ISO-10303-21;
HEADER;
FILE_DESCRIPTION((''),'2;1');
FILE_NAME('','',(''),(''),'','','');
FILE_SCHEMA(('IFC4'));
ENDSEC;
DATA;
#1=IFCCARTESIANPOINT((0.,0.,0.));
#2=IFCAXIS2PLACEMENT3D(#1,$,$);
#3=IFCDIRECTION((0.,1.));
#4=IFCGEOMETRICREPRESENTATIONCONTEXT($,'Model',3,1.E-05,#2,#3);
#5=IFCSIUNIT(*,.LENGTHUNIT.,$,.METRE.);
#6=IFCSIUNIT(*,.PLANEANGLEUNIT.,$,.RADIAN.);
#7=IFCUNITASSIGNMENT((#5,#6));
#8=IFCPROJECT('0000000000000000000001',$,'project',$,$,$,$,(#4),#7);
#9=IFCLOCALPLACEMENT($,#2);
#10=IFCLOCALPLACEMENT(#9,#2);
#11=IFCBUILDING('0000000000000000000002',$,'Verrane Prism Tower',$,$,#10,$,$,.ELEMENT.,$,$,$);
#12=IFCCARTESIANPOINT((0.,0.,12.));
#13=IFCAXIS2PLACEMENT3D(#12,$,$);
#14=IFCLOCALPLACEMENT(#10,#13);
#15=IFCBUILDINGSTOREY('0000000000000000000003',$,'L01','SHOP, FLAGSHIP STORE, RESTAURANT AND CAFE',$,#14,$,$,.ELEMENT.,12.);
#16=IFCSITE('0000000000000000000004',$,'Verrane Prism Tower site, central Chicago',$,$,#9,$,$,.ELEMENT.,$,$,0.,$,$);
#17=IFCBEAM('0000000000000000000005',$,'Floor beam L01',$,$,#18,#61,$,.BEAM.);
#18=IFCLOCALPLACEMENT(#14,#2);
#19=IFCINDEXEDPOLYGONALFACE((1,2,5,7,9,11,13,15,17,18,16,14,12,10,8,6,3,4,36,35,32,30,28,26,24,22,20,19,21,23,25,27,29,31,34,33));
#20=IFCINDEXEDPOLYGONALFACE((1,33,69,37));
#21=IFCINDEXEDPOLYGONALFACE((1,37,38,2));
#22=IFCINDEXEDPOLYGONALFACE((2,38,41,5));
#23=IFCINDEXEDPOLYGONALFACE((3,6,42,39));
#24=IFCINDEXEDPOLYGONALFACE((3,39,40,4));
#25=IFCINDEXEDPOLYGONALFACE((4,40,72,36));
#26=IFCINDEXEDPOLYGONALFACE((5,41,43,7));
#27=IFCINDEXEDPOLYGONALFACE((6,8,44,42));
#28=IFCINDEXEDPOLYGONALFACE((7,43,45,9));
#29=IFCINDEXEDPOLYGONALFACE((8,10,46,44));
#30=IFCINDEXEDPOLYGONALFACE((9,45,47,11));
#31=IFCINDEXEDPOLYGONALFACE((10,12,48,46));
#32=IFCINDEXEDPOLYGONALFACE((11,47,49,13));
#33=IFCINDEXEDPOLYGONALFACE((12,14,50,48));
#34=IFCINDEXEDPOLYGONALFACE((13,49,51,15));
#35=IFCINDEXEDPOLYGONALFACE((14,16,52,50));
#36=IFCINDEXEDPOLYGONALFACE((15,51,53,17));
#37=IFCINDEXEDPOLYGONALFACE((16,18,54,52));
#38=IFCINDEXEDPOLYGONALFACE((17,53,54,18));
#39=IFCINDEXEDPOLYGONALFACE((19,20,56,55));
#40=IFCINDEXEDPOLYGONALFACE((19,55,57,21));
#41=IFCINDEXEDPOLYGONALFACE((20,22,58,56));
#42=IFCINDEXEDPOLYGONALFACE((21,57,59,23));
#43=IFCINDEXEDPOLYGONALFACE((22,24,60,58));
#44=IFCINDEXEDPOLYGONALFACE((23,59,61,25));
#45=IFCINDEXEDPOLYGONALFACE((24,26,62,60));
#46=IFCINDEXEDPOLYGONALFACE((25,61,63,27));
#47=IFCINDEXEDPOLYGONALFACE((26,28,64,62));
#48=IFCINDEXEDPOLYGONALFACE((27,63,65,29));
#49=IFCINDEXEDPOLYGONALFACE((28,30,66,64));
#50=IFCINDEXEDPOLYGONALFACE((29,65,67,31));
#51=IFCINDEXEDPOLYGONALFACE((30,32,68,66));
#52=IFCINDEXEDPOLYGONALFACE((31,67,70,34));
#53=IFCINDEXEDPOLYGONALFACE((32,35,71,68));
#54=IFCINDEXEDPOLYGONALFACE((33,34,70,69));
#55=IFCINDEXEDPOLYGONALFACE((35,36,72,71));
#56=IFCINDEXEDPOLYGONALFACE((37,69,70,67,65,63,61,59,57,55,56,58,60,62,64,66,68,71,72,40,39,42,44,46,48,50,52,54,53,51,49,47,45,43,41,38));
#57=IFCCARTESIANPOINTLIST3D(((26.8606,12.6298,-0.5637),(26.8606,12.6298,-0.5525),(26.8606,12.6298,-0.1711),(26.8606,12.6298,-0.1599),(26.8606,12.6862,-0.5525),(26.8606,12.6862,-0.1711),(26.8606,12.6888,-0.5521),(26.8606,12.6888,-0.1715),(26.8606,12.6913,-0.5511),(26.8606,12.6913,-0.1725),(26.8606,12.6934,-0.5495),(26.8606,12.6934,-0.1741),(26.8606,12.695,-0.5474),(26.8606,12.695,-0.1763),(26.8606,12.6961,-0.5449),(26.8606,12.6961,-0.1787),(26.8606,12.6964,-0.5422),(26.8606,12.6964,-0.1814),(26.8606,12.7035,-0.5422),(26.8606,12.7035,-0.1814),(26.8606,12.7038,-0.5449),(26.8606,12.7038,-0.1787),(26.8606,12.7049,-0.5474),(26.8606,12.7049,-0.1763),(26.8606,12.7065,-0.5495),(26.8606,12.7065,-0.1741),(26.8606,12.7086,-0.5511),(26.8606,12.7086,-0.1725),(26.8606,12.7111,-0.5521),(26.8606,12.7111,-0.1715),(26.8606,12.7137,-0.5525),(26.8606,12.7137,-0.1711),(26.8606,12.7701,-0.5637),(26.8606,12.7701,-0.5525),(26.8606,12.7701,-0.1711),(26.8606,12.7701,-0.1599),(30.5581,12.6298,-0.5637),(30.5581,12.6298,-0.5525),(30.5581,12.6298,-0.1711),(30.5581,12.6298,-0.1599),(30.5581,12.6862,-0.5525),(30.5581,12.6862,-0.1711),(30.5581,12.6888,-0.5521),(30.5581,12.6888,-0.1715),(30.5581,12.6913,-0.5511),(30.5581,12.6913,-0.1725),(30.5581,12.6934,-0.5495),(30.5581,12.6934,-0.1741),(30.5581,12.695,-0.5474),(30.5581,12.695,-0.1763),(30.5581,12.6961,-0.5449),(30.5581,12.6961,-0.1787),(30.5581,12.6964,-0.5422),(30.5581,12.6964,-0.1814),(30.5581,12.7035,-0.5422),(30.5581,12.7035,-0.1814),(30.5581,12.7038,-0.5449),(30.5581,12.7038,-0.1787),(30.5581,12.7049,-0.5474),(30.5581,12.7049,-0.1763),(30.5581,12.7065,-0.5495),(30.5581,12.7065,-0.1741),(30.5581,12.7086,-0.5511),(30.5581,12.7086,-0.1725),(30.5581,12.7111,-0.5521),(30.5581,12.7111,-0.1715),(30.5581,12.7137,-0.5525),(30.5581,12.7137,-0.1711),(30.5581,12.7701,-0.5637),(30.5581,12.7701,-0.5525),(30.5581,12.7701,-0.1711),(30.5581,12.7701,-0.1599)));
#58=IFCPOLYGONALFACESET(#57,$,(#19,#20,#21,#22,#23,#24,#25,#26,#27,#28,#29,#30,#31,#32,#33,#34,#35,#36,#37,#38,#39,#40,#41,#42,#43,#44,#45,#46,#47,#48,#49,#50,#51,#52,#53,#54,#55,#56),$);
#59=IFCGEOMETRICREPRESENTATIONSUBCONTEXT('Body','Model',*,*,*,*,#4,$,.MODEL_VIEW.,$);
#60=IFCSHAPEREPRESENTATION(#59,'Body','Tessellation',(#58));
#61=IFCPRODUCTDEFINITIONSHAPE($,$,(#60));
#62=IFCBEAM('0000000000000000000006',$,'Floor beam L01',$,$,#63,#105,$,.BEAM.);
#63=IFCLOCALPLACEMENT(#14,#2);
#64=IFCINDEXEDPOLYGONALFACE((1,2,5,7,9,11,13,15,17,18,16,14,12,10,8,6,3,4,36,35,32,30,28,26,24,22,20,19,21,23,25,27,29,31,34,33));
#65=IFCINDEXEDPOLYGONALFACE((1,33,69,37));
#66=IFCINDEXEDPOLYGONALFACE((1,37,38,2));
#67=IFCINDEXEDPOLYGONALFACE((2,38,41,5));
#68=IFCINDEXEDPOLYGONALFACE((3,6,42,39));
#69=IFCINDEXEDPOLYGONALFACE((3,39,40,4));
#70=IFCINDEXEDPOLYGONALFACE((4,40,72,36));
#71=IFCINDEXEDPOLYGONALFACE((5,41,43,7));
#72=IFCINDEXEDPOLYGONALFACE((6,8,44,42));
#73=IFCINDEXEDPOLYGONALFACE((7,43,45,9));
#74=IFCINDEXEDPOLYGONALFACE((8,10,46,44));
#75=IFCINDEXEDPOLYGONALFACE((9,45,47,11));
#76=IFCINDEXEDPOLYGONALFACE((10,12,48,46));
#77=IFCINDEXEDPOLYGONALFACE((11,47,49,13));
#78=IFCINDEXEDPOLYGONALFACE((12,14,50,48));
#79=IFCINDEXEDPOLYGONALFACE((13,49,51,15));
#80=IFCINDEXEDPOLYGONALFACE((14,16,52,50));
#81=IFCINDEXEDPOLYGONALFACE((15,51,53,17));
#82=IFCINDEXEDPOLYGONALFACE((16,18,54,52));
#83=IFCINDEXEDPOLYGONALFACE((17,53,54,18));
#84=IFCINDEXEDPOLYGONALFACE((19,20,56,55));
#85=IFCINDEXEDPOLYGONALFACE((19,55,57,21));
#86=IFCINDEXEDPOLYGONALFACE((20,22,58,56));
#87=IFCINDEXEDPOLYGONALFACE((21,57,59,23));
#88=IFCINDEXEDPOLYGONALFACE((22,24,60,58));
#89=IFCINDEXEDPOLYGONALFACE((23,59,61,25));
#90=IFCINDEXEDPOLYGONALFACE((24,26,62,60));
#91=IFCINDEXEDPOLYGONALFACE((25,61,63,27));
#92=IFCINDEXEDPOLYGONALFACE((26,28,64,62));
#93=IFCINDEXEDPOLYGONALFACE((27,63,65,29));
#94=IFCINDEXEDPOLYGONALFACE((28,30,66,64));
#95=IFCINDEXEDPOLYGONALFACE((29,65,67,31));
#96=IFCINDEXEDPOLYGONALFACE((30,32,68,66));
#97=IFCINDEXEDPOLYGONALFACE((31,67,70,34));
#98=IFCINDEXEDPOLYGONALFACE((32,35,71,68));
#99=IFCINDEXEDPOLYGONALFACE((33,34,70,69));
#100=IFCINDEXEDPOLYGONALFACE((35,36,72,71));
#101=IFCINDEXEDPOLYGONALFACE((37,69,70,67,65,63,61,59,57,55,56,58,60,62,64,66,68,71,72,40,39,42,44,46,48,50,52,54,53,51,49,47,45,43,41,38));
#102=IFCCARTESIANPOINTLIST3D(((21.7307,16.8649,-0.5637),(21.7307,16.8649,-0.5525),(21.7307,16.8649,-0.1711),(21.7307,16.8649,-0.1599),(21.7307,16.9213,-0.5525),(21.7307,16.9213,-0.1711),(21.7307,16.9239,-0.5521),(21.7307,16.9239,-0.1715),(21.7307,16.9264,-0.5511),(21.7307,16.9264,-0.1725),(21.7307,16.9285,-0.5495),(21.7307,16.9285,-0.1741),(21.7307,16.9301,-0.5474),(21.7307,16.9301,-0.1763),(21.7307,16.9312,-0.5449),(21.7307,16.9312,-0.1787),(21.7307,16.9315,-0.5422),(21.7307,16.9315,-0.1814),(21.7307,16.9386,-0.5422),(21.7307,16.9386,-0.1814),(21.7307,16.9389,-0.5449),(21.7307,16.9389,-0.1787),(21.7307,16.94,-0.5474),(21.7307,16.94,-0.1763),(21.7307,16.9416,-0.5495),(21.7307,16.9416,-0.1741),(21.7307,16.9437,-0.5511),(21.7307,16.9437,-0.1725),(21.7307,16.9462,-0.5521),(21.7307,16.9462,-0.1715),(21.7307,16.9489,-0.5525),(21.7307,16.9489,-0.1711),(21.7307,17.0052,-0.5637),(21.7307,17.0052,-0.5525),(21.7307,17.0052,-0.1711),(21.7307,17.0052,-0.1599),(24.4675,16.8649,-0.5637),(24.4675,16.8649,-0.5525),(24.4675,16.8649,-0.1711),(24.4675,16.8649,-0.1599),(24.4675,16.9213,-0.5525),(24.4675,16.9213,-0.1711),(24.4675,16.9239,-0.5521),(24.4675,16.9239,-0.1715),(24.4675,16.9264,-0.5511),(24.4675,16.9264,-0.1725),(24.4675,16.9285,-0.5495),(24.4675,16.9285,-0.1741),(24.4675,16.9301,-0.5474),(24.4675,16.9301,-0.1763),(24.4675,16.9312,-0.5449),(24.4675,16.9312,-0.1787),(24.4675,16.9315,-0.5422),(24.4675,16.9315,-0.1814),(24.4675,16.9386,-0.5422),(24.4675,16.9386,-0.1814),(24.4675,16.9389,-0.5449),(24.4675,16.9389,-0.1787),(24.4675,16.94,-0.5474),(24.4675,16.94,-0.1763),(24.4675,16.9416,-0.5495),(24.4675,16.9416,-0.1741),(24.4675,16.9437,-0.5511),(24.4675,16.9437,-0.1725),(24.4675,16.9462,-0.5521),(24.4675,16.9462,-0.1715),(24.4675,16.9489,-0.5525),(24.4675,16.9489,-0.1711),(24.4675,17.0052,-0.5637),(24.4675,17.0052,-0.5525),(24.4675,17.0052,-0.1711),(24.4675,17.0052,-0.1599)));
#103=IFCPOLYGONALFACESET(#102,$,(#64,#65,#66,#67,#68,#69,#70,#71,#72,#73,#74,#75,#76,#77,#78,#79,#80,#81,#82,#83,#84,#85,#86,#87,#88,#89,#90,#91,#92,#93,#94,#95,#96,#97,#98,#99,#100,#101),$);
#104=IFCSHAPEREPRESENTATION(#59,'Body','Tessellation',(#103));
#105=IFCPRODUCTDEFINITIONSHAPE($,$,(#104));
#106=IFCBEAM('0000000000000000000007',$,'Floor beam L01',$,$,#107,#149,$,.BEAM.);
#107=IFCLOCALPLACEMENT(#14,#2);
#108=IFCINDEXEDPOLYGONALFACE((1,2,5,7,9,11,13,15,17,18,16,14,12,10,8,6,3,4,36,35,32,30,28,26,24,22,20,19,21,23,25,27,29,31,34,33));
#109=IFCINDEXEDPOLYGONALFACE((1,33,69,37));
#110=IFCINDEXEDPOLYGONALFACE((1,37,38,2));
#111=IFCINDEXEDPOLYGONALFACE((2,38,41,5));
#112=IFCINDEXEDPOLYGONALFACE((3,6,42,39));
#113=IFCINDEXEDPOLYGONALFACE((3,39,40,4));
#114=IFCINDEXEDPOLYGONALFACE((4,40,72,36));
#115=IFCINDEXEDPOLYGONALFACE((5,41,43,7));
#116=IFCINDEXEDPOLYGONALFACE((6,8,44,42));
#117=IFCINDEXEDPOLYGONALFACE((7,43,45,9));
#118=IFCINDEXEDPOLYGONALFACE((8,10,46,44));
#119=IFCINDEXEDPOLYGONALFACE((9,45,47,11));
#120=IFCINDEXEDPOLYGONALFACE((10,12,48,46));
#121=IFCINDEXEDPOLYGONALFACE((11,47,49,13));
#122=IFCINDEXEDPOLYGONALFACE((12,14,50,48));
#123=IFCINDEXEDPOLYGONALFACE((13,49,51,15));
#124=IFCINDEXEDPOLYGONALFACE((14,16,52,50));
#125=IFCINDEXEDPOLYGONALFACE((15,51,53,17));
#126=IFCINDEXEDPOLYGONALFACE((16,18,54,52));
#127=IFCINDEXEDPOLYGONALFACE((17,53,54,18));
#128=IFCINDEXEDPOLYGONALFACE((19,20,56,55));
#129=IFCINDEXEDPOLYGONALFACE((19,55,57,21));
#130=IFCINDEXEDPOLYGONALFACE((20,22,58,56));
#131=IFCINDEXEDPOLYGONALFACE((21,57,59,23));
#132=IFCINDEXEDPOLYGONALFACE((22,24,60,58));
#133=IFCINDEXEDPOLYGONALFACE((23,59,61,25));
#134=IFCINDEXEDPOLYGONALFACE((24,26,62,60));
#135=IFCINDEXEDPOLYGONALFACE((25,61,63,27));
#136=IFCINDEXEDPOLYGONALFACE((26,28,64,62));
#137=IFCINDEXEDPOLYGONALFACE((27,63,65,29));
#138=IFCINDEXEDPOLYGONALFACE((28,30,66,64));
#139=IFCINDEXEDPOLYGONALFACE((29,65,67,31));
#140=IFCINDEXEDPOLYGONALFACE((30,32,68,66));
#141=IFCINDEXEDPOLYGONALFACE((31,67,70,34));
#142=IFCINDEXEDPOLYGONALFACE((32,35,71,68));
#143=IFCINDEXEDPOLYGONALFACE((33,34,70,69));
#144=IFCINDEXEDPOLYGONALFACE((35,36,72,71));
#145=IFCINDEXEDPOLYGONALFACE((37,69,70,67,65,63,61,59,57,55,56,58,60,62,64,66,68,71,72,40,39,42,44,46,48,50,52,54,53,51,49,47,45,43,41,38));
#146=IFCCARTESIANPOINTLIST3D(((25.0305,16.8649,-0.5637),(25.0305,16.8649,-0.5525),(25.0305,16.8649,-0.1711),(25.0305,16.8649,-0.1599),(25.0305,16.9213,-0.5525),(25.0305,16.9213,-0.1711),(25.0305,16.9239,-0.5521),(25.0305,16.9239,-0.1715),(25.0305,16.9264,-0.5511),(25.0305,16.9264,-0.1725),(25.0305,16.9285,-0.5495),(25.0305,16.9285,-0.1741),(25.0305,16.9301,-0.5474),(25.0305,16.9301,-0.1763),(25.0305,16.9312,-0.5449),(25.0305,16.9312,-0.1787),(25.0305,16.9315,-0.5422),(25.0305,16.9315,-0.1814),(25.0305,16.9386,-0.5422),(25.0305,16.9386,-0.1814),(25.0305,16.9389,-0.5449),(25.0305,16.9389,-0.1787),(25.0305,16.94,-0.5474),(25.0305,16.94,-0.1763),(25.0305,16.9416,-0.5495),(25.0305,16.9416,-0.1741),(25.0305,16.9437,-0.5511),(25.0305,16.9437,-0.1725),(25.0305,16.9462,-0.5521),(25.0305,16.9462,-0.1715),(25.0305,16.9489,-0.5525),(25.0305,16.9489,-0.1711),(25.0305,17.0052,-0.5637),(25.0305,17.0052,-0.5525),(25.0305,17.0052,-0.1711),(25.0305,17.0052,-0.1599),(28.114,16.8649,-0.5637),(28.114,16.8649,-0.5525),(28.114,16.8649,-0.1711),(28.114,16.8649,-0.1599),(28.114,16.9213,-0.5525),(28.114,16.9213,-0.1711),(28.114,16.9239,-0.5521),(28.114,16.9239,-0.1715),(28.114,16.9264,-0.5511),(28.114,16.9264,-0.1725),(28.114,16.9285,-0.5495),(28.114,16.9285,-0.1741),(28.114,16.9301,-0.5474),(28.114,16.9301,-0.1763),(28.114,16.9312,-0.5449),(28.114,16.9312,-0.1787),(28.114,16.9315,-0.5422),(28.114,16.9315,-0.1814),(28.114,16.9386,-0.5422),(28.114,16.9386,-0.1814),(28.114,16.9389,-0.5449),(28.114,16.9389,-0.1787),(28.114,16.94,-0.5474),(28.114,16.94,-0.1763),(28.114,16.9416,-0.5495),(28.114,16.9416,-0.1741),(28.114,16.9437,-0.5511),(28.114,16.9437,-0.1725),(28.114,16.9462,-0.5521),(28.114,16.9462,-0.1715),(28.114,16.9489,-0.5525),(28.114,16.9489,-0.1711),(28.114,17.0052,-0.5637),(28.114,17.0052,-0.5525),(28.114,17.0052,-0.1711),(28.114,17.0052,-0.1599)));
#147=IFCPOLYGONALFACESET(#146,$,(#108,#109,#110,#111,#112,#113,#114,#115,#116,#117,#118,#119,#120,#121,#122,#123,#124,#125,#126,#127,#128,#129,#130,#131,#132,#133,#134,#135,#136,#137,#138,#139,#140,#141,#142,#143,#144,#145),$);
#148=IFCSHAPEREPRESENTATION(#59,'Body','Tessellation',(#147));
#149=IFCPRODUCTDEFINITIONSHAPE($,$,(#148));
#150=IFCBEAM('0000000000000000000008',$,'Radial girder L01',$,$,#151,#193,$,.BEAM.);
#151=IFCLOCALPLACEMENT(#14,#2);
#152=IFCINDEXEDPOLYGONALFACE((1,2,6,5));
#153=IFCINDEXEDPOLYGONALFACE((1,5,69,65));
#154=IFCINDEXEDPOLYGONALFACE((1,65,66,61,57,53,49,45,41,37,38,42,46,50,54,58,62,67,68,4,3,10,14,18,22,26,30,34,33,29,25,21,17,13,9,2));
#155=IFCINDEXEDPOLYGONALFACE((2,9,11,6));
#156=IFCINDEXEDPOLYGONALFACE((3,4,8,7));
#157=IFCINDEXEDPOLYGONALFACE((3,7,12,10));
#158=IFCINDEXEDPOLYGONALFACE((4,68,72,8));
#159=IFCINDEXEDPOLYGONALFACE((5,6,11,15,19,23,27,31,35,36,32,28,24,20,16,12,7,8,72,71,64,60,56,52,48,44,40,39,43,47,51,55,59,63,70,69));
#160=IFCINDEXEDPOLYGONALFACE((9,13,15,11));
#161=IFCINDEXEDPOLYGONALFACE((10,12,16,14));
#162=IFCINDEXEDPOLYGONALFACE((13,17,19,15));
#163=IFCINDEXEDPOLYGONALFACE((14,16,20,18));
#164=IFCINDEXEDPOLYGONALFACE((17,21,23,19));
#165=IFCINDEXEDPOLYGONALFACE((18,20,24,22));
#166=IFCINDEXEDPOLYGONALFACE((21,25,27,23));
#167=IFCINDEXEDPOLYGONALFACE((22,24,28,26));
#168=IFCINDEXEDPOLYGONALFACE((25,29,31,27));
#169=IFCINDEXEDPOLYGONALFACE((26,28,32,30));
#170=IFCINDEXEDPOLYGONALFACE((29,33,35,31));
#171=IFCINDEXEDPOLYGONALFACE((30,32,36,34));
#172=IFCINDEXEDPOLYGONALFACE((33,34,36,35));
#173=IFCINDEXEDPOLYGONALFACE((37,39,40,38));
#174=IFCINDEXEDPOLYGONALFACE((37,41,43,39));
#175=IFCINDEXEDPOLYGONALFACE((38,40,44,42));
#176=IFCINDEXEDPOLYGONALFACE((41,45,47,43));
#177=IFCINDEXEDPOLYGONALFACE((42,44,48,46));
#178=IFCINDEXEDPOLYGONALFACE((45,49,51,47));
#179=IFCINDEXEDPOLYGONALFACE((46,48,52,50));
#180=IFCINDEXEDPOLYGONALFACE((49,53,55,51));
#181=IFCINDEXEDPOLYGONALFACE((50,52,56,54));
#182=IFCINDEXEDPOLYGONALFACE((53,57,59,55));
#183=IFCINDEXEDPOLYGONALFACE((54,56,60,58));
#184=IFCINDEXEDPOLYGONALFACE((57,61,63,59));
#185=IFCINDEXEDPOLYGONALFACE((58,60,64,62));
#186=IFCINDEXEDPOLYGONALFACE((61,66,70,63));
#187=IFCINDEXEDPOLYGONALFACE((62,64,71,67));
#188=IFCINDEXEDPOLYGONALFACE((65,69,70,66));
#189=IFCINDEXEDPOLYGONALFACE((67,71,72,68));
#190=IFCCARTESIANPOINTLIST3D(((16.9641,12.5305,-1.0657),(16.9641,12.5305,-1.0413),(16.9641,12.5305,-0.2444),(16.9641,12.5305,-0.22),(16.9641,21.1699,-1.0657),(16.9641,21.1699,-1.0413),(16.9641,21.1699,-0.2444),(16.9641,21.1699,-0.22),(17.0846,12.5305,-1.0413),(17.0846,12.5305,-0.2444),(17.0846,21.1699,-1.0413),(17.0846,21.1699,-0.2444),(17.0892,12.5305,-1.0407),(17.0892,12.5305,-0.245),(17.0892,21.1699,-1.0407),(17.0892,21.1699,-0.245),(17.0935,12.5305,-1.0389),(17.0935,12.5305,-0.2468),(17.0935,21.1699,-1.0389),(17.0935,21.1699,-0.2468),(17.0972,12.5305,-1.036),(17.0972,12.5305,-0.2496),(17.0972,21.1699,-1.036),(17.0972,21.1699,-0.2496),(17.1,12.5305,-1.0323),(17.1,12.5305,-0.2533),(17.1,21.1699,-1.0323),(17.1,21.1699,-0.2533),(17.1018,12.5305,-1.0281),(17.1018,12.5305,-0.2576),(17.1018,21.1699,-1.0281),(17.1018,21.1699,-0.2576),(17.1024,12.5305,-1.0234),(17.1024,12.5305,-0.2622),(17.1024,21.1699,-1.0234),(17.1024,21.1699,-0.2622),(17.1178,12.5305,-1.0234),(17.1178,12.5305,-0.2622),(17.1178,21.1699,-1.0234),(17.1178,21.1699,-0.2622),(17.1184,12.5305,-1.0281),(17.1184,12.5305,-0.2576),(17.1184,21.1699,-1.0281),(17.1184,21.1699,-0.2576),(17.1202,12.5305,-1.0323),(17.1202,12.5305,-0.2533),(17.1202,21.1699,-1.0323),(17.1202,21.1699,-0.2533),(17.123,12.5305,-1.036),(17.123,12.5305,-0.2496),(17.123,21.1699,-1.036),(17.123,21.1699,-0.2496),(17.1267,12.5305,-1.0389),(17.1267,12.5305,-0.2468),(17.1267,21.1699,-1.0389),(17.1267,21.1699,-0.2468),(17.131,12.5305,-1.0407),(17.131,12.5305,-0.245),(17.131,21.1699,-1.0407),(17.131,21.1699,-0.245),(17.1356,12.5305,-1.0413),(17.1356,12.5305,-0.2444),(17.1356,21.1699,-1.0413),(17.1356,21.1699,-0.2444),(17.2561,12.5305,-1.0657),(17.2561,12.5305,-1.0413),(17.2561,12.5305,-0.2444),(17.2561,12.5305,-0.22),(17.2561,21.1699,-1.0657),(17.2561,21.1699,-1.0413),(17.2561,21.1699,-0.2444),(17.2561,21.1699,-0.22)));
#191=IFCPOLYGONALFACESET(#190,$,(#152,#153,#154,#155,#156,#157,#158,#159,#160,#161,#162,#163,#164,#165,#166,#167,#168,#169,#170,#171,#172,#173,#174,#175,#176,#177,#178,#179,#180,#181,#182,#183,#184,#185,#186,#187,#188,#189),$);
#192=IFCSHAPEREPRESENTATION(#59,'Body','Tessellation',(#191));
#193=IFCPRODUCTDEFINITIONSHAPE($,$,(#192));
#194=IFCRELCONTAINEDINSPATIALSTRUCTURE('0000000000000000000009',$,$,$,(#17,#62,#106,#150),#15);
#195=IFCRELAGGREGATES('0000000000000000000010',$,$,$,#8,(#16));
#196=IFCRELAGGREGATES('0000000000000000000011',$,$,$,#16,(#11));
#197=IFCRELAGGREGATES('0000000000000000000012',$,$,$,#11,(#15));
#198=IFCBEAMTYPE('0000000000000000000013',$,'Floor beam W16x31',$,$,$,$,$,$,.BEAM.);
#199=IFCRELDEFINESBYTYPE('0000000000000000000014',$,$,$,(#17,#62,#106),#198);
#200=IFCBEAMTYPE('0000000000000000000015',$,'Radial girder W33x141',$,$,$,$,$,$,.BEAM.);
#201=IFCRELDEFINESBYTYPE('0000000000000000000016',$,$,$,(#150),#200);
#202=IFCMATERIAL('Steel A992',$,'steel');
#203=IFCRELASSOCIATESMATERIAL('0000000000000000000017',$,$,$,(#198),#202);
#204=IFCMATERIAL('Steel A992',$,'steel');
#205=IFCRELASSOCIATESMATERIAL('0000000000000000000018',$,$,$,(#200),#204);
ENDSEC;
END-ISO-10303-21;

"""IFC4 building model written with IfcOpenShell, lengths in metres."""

from ifc_helpers import new_model, si_unit, direction, frame, origin, origin_2d, place, context, subcontext, project, spatial, i_section, extrude, material, material_profile, profile_set, type_object, element, save


model = new_model("IFC4")

# Units and contexts
model_context = context("Model", 3, precision=1e-05, world=origin(), true_north=direction((0.0, 1.0)))
body_context = subcontext(model_context, "Body", "Model", "MODEL_VIEW")
ifc_project = project(units=[si_unit("LENGTHUNIT", "METRE"), si_unit("PLANEANGLEUNIT", "RADIAN")], contexts=[model_context])

# Site, building, storey
site_placement = place(None, origin())
site = spatial("IfcSite", under=ifc_project, at=site_placement, Name="Verrane Prism Tower site, central Chicago", CompositionType="ELEMENT", RefElevation=0.0)
building_placement = place(site_placement, origin())
building = spatial("IfcBuilding", under=site, at=building_placement, Name="Verrane Prism Tower", CompositionType="ELEMENT")
storey_placement = place(building_placement, frame((0.0, 0.0, 12.0)))
storey = spatial("IfcBuildingStorey", under=building, at=storey_placement, Name="L01", Description="SHOP, FLAGSHIP STORE, RESTAURANT AND CAFE", CompositionType="ELEMENT", Elevation=12.0)

# Beams
ifc_material_1 = material(Name="Steel A992", Category="steel")
ifc_material_profile_1 = material_profile(ifc_material_1, i_section(OverallWidth=0.1404, OverallDepth=0.4038, WebThickness=0.0071, FlangeThickness=0.0112, FilletRadius=0.0103, at=origin_2d()), Name="W16x31")
ifc_profile_set_1 = profile_set([ifc_material_profile_1], Name="Steel A992")
beam_type_1 = type_object("IfcBeamType", Name="Floor beam W16x31", PredefinedType="BEAM", material=ifc_profile_set_1)
beam_1_placement = place(storey_placement, frame((26.8606, 12.7, -0.3618), z_axis=(1.0, 0.0, 0.0), x_axis=(0.0, 1.0, 0.0)))
element("IfcBeam", 1, at=beam_1_placement, inside=storey, type_object=beam_type_1, Name="Floor beam L01", PredefinedType="BEAM", context=body_context, shape_type="SweptSolid", body=[
    extrude(i_section(OverallWidth=0.1404, OverallDepth=0.4038, WebThickness=0.0071, FlangeThickness=0.0112, FilletRadius=0.0103, at=origin_2d()), origin(), (0.0, 0.0, 1.0), 3.6975),
])
beam_2_placement = place(storey_placement, frame((21.7307, 16.9351, -0.3618), z_axis=(1.0, 0.0, 0.0), x_axis=(0.0, 1.0, 0.0)))
element("IfcBeam", 2, at=beam_2_placement, inside=storey, type_object=beam_type_1, Name="Floor beam L01", PredefinedType="BEAM", context=body_context, shape_type="SweptSolid", body=[
    extrude(i_section(OverallWidth=0.1404, OverallDepth=0.4038, WebThickness=0.0071, FlangeThickness=0.0112, FilletRadius=0.0103, at=origin_2d()), origin(), (0.0, 0.0, 1.0), 2.7368),
])
beam_3_placement = place(storey_placement, frame((25.0305, 16.9351, -0.3618), z_axis=(1.0, 0.0, 0.0), x_axis=(0.0, 1.0, 0.0)))
element("IfcBeam", 3, at=beam_3_placement, inside=storey, type_object=beam_type_1, Name="Floor beam L01", PredefinedType="BEAM", context=body_context, shape_type="SweptSolid", body=[
    extrude(i_section(OverallWidth=0.1404, OverallDepth=0.4038, WebThickness=0.0071, FlangeThickness=0.0112, FilletRadius=0.0103, at=origin_2d()), origin(), (0.0, 0.0, 1.0), 3.0835),
])
ifc_material_2 = material(Name="Steel A992", Category="steel")
ifc_material_profile_2 = material_profile(ifc_material_2, i_section(OverallWidth=0.292, OverallDepth=0.8457, WebThickness=0.0154, FlangeThickness=0.0244, FilletRadius=0.0178, at=origin_2d()), Name="W33x141")
ifc_profile_set_2 = profile_set([ifc_material_profile_2], Name="Steel A992")
beam_type_2 = type_object("IfcBeamType", Name="Radial girder W33x141", PredefinedType="BEAM", material=ifc_profile_set_2)
beam_4_placement = place(storey_placement, frame((17.1101, 21.1699, -0.6428), z_axis=(0.0, -1.0, 0.0), x_axis=(1.0, 0.0, 0.0)))
element("IfcBeam", 4, at=beam_4_placement, inside=storey, type_object=beam_type_2, Name="Radial girder L01", PredefinedType="BEAM", context=body_context, shape_type="SweptSolid", body=[
    extrude(i_section(OverallWidth=0.292, OverallDepth=0.8457, WebThickness=0.0154, FlangeThickness=0.0244, FilletRadius=0.0178, at=origin_2d()), origin(), (0.0, 0.0, 1.0), 8.6394),
])

save(model, "model.ifc")
